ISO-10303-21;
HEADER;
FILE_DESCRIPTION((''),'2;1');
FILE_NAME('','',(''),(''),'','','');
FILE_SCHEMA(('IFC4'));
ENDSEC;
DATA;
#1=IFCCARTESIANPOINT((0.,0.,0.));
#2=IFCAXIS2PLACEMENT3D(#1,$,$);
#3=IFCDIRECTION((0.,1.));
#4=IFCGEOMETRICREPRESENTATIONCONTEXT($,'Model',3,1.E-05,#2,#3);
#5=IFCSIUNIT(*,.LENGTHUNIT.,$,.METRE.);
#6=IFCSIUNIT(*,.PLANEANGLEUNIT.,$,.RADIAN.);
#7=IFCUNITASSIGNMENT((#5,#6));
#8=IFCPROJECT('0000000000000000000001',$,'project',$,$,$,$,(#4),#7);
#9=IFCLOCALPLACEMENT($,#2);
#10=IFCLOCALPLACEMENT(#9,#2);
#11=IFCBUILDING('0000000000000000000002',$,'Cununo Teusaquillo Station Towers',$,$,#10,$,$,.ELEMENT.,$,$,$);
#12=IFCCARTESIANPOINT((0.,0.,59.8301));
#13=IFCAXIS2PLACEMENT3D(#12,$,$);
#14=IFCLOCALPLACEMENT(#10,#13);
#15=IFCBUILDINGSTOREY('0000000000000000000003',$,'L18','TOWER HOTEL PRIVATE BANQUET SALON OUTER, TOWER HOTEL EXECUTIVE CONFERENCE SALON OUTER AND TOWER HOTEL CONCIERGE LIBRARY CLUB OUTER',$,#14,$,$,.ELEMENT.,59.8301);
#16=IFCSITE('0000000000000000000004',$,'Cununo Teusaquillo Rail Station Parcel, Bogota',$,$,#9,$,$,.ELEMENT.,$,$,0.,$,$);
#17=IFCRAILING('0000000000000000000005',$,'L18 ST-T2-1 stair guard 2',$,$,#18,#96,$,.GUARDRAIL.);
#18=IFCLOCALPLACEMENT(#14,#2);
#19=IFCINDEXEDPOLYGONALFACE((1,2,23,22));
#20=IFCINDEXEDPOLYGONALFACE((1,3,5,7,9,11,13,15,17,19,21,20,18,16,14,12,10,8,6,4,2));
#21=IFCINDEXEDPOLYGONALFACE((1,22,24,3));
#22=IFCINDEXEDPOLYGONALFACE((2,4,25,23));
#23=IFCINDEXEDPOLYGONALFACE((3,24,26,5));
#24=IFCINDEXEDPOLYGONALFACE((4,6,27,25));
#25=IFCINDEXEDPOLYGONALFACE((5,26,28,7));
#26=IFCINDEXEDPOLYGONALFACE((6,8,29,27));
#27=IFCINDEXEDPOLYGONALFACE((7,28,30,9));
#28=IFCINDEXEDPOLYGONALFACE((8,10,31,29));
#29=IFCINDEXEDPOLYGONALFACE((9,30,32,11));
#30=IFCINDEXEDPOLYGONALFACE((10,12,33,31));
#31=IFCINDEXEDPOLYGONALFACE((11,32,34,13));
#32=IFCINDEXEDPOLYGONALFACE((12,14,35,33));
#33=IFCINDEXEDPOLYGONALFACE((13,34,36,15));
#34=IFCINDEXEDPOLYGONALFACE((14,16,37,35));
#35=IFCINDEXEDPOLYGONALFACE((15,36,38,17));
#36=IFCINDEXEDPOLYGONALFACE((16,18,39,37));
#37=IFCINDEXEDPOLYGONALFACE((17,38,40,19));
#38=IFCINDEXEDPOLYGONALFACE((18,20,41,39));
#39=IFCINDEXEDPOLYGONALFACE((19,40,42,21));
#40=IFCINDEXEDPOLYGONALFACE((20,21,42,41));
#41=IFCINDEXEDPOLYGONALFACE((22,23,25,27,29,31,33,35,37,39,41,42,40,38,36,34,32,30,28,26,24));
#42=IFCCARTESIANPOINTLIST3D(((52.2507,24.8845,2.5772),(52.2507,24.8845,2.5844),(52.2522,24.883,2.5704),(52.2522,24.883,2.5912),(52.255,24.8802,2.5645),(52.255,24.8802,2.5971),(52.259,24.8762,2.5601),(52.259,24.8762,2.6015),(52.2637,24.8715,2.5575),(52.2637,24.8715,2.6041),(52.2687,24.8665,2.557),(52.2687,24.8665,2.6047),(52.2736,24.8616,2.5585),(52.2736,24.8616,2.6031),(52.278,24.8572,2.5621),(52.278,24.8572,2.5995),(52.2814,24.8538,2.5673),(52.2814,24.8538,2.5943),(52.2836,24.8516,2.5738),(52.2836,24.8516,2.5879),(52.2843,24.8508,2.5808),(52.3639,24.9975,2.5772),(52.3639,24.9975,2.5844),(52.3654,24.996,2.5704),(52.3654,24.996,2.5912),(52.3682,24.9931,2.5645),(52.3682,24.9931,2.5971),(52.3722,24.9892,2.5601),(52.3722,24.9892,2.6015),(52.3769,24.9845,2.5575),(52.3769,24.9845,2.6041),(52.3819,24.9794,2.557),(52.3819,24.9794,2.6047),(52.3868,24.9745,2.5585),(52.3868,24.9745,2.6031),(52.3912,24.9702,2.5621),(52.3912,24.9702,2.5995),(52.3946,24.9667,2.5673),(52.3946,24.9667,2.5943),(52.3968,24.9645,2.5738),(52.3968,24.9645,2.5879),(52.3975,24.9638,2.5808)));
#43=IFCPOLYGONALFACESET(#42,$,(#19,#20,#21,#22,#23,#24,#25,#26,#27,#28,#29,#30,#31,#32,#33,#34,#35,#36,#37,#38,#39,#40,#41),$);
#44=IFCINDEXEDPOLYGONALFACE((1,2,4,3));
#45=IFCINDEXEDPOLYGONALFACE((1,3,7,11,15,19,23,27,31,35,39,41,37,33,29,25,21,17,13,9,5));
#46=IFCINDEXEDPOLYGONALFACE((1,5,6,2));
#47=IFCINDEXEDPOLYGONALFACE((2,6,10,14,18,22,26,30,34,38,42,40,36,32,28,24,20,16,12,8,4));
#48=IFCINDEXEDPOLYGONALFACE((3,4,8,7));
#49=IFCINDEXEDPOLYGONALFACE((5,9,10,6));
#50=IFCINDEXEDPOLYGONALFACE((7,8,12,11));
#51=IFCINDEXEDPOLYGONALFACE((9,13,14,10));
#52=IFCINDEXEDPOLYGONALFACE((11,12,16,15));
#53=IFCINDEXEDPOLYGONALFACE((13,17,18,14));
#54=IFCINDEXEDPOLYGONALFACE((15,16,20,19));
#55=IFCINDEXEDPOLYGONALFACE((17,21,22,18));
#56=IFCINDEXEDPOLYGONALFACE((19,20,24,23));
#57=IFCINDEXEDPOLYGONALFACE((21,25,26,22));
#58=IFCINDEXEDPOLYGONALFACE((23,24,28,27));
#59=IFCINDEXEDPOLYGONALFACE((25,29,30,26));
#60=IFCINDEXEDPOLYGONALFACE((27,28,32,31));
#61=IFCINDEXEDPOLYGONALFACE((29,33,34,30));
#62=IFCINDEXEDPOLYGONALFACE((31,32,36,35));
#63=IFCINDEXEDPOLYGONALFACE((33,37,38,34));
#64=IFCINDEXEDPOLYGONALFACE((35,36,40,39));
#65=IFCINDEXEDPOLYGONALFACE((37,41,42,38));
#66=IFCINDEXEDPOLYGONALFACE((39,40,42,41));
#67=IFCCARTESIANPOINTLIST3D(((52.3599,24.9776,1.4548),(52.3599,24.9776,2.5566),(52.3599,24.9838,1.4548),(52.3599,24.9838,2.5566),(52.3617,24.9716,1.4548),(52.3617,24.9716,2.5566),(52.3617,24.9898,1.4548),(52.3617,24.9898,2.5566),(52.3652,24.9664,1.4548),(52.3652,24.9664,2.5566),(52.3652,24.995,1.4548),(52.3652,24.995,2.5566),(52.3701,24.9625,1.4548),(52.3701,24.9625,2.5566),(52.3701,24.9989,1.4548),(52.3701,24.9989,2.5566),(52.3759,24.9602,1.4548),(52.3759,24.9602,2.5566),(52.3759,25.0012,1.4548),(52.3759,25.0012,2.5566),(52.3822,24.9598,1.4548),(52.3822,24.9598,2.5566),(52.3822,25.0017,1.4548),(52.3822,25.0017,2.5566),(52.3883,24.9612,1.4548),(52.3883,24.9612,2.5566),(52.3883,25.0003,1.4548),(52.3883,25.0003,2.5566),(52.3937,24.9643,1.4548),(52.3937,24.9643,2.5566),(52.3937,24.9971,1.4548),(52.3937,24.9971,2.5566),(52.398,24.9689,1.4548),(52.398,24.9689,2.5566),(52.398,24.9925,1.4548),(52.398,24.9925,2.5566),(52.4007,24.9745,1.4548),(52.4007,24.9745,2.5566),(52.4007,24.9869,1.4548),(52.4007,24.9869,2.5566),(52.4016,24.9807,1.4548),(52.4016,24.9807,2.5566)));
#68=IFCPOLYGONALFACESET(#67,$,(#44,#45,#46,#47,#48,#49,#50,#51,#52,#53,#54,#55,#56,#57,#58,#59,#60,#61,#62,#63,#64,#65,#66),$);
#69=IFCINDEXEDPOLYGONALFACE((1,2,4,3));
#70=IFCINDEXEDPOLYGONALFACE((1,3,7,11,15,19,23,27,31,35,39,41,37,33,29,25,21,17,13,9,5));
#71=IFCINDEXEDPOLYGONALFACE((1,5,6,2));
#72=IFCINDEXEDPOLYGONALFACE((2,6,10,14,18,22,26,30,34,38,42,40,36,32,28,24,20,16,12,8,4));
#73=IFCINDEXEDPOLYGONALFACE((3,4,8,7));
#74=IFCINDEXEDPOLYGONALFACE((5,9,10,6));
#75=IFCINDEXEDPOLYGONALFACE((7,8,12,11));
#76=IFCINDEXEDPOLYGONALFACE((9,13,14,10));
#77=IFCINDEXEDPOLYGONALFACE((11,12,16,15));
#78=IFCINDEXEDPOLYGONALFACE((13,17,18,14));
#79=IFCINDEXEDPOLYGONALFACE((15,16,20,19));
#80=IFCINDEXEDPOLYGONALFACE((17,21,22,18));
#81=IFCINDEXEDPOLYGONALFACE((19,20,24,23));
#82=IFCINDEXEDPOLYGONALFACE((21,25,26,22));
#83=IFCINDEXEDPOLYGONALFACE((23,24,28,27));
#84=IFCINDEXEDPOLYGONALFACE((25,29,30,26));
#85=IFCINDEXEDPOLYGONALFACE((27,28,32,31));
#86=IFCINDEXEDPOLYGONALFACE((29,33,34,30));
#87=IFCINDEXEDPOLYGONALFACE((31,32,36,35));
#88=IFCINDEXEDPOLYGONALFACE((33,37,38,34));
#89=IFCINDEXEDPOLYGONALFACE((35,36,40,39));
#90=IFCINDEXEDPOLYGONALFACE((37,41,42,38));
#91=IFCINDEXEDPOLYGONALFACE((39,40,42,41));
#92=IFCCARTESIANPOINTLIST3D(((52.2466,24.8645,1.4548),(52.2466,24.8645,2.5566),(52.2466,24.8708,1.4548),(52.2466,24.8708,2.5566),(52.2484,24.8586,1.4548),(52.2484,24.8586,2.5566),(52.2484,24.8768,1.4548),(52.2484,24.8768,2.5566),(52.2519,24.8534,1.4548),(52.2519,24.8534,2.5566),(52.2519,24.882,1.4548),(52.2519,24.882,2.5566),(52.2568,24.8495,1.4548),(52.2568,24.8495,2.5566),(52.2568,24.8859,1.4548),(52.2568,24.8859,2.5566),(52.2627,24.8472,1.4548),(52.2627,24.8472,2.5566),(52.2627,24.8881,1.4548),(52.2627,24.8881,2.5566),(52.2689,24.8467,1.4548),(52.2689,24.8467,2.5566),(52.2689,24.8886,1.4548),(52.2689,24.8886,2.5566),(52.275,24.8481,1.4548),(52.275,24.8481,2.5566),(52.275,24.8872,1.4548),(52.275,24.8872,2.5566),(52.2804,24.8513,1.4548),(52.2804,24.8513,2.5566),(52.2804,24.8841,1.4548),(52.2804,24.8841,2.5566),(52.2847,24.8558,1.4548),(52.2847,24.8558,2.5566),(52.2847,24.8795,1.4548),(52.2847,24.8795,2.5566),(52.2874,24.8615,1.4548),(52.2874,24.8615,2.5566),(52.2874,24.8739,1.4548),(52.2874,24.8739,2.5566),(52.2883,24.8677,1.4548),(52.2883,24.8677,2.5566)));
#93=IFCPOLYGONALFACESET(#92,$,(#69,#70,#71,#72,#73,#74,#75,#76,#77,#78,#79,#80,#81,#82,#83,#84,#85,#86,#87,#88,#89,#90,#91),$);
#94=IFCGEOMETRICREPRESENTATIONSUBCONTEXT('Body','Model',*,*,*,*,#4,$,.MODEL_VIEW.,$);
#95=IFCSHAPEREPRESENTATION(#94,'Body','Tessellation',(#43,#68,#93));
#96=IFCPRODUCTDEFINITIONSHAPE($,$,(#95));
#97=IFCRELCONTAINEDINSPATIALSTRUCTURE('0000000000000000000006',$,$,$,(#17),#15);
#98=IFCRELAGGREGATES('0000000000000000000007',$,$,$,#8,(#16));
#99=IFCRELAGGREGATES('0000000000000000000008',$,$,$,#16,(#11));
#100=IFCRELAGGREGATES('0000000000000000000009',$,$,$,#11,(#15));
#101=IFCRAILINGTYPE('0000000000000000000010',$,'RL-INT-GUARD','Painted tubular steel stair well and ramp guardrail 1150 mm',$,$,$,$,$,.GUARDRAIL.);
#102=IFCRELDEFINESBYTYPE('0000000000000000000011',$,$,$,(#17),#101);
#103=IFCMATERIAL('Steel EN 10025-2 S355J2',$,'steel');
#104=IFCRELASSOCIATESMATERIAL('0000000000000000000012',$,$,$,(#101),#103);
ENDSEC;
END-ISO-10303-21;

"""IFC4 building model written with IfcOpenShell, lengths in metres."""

from ifc_helpers import new_model, si_unit, direction, frame, origin, origin_2d, place, context, subcontext, project, spatial, circle, extrude, material, type_object, element, save


model = new_model("IFC4")

# Units and contexts
model_context = context("Model", 3, precision=1e-05, world=origin(), true_north=direction((0.0, 1.0)))
body_context = subcontext(model_context, "Body", "Model", "MODEL_VIEW")
ifc_project = project(units=[si_unit("LENGTHUNIT", "METRE"), si_unit("PLANEANGLEUNIT", "RADIAN")], contexts=[model_context])

# Site, building, storey
site_placement = place(None, origin())
site = spatial("IfcSite", under=ifc_project, at=site_placement, Name="Cununo Teusaquillo Rail Station Parcel, Bogota", CompositionType="ELEMENT", RefElevation=0.0)
building_placement = place(site_placement, origin())
building = spatial("IfcBuilding", under=site, at=building_placement, Name="Cununo Teusaquillo Station Towers", CompositionType="ELEMENT")
storey_placement = place(building_placement, frame((0.0, 0.0, 59.8301)))
storey = spatial("IfcBuildingStorey", under=building, at=storey_placement, Name="L18", Description="TOWER HOTEL PRIVATE BANQUET SALON OUTER, TOWER HOTEL EXECUTIVE CONFERENCE SALON OUTER AND TOWER HOTEL CONCIERGE LIBRARY CLUB OUTER", CompositionType="ELEMENT", Elevation=59.8301)

# Railing
ifc_material_1 = material(Name="Steel EN 10025-2 S355J2", Category="steel")
railing_type_1 = type_object("IfcRailingType", Name="RL-INT-GUARD", Description="Painted tubular steel stair well and ramp guardrail 1150 mm", PredefinedType="GUARDRAIL", material=ifc_material_1)
railing_1_placement = place(storey_placement, frame((52.3806, 24.9807, 1.4548)))
element("IfcRailing", 1, at=railing_1_placement, inside=storey, type_object=railing_type_1, Name="L18 ST-T2-1 stair guard 2", PredefinedType="GUARDRAIL", context=body_context, shape_type="SweptSolid", body=[
    extrude(circle(Radius=0.0239, at=origin_2d()), frame((0.0, 0.0, 1.126), z_axis=(-0.707869, -0.706344, 0.0), x_axis=(0.706344, -0.707869, 0.0)), (0.0, 0.0, 1.0), 0.1599),
    extrude(circle(Radius=0.021, at=origin_2d()), origin(), (0.0, 0.0, 1.0), 1.1018),
    extrude(circle(Radius=0.021, at=origin_2d()), frame((-0.1133, -0.113, 0.0)), (0.0, 0.0, 1.0), 1.1018),
])

save(model, "model.ifc")
